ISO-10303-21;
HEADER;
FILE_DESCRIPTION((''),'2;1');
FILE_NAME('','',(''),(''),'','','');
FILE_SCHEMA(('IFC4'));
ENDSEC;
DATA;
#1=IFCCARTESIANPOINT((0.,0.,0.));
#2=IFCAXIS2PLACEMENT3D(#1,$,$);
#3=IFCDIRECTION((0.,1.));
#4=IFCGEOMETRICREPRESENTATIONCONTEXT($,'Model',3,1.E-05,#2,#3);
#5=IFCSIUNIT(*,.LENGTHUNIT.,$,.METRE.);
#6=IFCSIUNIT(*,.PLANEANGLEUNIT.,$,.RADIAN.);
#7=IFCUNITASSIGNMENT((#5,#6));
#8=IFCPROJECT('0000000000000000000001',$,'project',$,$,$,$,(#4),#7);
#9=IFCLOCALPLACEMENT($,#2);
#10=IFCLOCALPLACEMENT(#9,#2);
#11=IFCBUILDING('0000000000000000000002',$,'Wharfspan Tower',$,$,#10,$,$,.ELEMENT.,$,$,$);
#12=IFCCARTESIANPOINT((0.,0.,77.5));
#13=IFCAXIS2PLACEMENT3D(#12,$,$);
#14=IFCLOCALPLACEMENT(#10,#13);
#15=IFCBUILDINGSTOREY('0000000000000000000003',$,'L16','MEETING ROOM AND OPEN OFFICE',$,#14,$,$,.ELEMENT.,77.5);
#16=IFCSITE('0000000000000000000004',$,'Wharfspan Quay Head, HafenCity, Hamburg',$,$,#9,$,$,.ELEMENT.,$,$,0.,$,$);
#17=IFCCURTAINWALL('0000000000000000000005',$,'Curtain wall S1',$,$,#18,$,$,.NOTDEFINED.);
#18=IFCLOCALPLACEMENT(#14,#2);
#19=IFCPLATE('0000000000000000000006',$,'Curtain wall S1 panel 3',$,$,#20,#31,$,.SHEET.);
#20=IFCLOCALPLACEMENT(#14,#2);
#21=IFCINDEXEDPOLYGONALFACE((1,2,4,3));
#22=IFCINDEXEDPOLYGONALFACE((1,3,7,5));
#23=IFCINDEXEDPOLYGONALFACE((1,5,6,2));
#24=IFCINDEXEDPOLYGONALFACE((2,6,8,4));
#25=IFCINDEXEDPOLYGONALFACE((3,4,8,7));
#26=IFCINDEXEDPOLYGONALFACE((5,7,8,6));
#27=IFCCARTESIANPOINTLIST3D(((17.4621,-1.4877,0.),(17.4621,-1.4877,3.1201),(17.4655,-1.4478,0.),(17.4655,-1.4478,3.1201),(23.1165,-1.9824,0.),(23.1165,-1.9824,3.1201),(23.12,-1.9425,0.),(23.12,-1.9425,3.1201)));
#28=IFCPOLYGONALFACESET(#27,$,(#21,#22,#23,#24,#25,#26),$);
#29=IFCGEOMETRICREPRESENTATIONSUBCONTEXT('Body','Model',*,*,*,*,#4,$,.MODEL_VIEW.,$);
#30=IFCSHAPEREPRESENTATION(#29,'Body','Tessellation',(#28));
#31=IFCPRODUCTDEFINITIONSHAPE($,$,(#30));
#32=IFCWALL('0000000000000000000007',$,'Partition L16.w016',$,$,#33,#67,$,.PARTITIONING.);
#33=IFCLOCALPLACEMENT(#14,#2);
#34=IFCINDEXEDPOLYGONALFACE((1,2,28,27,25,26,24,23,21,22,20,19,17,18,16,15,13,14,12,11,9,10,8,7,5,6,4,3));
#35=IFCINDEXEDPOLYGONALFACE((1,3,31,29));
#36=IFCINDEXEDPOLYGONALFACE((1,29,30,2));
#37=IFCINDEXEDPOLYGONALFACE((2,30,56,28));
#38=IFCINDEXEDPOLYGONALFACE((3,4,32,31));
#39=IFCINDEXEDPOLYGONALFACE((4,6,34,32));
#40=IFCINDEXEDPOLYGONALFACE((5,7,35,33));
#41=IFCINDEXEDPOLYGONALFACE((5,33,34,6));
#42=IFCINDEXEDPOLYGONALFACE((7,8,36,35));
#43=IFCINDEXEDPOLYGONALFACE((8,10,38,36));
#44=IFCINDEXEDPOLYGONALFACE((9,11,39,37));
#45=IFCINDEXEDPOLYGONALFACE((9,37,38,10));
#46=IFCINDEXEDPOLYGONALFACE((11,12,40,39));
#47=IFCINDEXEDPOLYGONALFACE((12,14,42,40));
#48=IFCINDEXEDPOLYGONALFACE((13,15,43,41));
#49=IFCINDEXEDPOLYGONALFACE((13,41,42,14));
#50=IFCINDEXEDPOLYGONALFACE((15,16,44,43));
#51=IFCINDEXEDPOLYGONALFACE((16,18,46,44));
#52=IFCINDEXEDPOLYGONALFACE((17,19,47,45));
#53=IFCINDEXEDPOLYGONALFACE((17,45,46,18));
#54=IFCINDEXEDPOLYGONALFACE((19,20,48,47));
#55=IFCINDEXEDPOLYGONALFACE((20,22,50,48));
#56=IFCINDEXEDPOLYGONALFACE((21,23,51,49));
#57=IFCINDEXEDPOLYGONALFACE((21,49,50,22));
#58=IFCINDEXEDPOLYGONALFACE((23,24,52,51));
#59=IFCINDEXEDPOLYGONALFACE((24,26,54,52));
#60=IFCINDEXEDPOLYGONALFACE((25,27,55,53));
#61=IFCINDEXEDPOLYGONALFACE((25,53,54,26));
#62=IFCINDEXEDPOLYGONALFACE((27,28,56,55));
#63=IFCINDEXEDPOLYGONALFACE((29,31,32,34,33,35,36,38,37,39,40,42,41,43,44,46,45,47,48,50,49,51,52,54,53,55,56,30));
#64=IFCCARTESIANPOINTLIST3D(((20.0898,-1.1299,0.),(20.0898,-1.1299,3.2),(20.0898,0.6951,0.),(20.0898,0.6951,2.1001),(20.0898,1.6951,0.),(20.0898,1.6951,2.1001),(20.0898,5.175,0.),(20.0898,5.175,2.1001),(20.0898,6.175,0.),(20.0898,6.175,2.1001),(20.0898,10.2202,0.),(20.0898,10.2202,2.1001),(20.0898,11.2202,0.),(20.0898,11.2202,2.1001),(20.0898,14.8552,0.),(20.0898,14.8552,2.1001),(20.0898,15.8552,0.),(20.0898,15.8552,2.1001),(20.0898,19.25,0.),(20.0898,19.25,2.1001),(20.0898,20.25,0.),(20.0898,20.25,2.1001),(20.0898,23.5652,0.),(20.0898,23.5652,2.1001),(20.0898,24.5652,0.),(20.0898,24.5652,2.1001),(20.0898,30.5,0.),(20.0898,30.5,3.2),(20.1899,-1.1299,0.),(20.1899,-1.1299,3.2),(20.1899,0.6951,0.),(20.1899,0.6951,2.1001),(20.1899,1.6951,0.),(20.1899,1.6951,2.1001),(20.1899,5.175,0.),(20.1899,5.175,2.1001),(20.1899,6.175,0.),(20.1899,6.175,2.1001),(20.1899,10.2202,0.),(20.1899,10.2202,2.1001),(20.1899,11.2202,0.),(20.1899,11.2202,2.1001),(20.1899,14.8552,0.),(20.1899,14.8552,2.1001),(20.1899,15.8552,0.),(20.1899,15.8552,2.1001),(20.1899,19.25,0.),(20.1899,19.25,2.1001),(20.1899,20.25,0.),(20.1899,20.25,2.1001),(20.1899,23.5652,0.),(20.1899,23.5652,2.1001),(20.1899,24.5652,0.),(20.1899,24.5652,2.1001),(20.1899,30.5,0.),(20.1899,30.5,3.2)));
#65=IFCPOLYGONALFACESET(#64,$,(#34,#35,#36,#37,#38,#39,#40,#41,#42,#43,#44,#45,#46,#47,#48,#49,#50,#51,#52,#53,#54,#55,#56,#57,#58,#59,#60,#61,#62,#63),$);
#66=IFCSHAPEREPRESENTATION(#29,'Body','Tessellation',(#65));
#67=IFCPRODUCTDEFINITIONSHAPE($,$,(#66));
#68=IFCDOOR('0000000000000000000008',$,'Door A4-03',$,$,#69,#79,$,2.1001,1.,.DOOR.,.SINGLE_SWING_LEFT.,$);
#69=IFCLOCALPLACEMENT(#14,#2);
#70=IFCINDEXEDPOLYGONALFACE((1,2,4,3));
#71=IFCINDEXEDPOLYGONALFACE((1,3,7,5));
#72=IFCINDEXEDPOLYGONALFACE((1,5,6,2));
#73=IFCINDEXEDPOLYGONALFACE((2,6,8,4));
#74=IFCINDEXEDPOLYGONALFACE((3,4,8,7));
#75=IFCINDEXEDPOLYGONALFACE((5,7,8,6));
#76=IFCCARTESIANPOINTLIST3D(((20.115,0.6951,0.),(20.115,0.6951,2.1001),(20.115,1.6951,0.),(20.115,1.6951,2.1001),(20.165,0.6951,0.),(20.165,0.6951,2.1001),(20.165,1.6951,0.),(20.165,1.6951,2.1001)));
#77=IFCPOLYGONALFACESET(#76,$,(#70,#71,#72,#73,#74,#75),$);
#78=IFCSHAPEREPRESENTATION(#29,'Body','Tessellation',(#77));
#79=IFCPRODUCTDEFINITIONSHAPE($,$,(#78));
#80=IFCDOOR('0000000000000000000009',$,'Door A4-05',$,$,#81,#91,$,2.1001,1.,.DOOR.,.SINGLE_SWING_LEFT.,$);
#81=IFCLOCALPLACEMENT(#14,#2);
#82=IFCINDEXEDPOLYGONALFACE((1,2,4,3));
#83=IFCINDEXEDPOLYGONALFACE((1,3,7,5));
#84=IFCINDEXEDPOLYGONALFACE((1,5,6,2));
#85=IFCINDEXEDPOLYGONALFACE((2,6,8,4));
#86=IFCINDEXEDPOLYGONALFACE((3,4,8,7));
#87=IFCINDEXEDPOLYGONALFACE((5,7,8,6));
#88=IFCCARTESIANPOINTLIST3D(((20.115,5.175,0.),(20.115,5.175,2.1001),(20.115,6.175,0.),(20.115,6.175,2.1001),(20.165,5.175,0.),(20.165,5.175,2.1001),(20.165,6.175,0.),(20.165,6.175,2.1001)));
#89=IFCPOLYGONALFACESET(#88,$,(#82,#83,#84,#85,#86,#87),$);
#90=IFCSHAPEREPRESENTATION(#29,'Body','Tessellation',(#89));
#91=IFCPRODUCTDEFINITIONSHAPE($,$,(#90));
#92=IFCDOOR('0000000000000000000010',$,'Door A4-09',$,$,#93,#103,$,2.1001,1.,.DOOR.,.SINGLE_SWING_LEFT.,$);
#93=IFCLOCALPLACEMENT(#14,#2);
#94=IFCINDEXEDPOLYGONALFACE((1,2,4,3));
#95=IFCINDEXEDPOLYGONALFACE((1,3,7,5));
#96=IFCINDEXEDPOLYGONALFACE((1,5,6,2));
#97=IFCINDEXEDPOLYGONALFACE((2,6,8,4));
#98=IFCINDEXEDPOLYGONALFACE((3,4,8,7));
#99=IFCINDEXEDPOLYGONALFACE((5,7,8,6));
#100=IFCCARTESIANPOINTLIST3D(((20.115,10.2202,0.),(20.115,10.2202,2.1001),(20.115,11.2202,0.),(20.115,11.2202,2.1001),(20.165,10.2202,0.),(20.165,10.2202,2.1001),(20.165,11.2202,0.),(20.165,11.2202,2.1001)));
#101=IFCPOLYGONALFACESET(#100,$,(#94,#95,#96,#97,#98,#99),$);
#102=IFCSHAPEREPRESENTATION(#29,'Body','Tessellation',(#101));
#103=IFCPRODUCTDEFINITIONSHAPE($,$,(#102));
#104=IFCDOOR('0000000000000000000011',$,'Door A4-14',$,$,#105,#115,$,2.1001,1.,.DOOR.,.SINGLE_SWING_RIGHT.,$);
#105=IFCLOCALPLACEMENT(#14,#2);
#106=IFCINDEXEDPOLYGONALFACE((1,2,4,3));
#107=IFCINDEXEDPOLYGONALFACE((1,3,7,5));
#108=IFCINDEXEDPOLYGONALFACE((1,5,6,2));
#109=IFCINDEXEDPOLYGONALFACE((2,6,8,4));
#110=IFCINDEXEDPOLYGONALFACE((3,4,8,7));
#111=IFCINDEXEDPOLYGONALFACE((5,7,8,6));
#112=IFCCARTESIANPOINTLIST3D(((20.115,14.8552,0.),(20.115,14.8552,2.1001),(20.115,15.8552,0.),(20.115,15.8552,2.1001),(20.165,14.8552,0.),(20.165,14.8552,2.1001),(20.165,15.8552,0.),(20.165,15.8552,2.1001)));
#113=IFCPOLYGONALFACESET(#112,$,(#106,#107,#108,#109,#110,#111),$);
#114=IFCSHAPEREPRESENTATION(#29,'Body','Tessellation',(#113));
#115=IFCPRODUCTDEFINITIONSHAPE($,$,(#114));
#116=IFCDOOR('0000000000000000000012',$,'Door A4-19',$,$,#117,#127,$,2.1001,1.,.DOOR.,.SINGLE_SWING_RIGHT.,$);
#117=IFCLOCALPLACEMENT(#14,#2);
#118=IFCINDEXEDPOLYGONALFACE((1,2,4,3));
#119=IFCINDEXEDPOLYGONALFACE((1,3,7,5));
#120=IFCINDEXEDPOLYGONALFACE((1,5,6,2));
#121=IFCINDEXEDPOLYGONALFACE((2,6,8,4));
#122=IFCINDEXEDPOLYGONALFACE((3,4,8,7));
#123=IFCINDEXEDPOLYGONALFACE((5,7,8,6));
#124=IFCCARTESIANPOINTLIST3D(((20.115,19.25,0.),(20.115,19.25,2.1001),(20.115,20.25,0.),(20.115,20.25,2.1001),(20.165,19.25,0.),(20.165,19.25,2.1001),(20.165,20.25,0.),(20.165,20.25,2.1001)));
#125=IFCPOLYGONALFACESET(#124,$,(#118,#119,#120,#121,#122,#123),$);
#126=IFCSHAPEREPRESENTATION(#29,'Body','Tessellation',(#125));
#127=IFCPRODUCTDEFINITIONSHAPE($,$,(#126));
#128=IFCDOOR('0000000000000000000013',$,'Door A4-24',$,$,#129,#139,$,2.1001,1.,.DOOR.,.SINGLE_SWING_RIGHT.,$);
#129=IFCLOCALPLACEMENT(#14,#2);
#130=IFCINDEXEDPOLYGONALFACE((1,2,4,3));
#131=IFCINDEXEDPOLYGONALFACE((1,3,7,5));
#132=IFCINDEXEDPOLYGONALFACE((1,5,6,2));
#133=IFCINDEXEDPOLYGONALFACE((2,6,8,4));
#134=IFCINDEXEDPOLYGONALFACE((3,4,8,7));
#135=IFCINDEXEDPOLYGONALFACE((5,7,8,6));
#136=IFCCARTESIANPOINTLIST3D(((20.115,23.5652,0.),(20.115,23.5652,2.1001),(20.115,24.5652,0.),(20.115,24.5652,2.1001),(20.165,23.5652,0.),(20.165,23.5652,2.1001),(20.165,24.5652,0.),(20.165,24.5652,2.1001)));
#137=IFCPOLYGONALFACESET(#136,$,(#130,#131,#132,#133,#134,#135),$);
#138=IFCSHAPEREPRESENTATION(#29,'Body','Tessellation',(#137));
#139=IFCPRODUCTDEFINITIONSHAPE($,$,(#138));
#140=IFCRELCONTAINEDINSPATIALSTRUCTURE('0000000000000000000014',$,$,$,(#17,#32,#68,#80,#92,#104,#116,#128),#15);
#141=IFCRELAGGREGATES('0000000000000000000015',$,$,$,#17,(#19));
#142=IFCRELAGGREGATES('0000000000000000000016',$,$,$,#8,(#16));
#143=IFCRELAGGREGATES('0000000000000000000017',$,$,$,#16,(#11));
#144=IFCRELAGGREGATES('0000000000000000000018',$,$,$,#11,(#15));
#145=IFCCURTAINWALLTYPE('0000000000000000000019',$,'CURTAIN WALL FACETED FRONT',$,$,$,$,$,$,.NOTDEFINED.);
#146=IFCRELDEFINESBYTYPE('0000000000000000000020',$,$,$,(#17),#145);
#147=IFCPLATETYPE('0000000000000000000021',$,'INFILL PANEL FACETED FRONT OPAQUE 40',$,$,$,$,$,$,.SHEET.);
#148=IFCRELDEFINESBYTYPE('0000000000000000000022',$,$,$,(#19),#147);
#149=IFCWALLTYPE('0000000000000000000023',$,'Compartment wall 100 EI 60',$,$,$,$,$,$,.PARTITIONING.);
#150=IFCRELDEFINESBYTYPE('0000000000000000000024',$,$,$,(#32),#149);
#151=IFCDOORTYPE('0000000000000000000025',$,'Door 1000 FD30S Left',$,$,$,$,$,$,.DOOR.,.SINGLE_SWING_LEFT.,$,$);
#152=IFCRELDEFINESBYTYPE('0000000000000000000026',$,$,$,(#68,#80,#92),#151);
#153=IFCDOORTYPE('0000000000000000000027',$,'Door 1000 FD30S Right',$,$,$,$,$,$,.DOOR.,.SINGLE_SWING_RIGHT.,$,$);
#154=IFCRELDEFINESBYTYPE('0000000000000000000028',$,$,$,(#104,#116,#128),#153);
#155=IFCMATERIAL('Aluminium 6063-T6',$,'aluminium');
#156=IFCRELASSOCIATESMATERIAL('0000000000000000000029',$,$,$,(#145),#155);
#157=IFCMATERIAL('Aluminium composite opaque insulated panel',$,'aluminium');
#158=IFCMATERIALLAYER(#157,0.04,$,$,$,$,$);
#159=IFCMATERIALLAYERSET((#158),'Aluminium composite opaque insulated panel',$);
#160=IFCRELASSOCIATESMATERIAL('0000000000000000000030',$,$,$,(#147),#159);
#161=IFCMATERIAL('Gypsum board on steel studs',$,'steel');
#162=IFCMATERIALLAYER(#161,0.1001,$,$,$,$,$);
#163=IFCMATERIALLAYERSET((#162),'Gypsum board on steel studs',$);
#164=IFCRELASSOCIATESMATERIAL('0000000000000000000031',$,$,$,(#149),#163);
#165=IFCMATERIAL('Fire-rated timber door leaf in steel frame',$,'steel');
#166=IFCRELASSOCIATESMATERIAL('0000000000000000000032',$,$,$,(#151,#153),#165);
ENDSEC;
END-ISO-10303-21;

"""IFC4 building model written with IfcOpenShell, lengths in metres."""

from ifc_helpers import new_model, si_unit, direction, frame, frame_2d, origin, origin_2d, place, context, subcontext, project, spatial, rectangle, extrude, material, layer, layer_set, type_object, element, fill, aggregate, save


model = new_model("IFC4")

# Units and contexts
model_context = context("Model", 3, precision=1e-05, world=origin(), true_north=direction((0.0, 1.0)))
body_context = subcontext(model_context, "Body", "Model", "MODEL_VIEW")
ifc_project = project(units=[si_unit("LENGTHUNIT", "METRE"), si_unit("PLANEANGLEUNIT", "RADIAN")], contexts=[model_context])

# Site, building, storey
site_placement = place(None, origin())
site = spatial("IfcSite", under=ifc_project, at=site_placement, Name="Wharfspan Quay Head, HafenCity, Hamburg", CompositionType="ELEMENT", RefElevation=0.0)
building_placement = place(site_placement, origin())
building = spatial("IfcBuilding", under=site, at=building_placement, Name="Wharfspan Tower", CompositionType="ELEMENT")
storey_placement = place(building_placement, frame((0.0, 0.0, 77.5)))
storey = spatial("IfcBuildingStorey", under=building, at=storey_placement, Name="L16", Description="MEETING ROOM AND OPEN OFFICE", CompositionType="ELEMENT", Elevation=77.5)

# Curtain wall, plate
ifc_material_1 = material(Name="Aluminium 6063-T6", Category="aluminium")
curtain_wall_type = type_object("IfcCurtainWallType", Name="CURTAIN WALL FACETED FRONT", PredefinedType="NOTDEFINED", material=ifc_material_1)
curtain_wall_placement = place(storey_placement, origin())
curtain_wall = element("IfcCurtainWall", 1, at=curtain_wall_placement, inside=storey, type_object=curtain_wall_type, Name="Curtain wall S1", PredefinedType="NOTDEFINED")
ifc_material_2 = material(Name="Aluminium composite opaque insulated panel", Category="aluminium")
ifc_layer_1 = layer(ifc_material_2, 0.04)
ifc_layer_set_1 = layer_set([ifc_layer_1], Name="Aluminium composite opaque insulated panel")
plate_type_1 = type_object("IfcPlateType", Name="INFILL PANEL FACETED FRONT OPAQUE 40", PredefinedType="SHEET", material=ifc_layer_set_1)
plate_1_placement = place(storey_placement, frame((20.291, -1.7151, 0.0), z_axis=(0.0, 0.0, 1.0), x_axis=(0.996197, -0.087156, 0.0)))
plate_1 = element("IfcPlate", 2, at=plate_1_placement, type_object=plate_type_1, Name="Curtain wall S1 panel 3", PredefinedType="SHEET", context=body_context, shape_type="SweptSolid", body=[
    extrude(rectangle(XDim=5.676, YDim=0.04, at=origin_2d()), origin(), (0.0, 0.0, 1.0), 3.1201),
])
aggregate(curtain_wall, [plate_1])

# Wall, openings, doors
ifc_material_3 = material(Name="Gypsum board on steel studs", Category="steel")
ifc_layer_2 = layer(ifc_material_3, 0.1001)
ifc_layer_set_2 = layer_set([ifc_layer_2], Name="Gypsum board on steel studs")
wall_type = type_object("IfcWallType", Name="Compartment wall 100 EI 60", PredefinedType="PARTITIONING", material=ifc_layer_set_2)
wall_1_placement = place(storey_placement, frame((20.1399, -1.1299, 0.0), z_axis=(0.0, 0.0, 1.0), x_axis=(0.0, 1.0, 0.0)))
wall_1 = element("IfcWall", 3, at=wall_1_placement, inside=storey, type_object=wall_type, Name="Partition L16.w016", PredefinedType="PARTITIONING", context=body_context, shape_type="SweptSolid", body=[
    extrude(rectangle(XDim=31.6299, YDim=0.1001, at=frame_2d((15.8149, 0.0))), origin(), (0.0, 0.0, 1.0), 3.2),
])
opening_1_placement = place(wall_1_placement, frame((1.825, 0.0, 0.0)))
opening_1 = element("IfcOpeningElement", 4, at=opening_1_placement, cuts=wall_1, PredefinedType="OPENING", context=body_context, shape_type="SweptSolid", body=[
    extrude(rectangle(XDim=1.0, YDim=2.1001, at=frame_2d((0.5, 1.05))), frame((0.0, 0.0601, 0.0), z_axis=(0.0, -1.0, 0.0), x_axis=(1.0, 0.0, 0.0)), (0.0, 0.0, 1.0), 0.1201),
])
opening_2_placement = place(wall_1_placement, frame((6.3049, 0.0, 0.0)))
opening_2 = element("IfcOpeningElement", 5, at=opening_2_placement, cuts=wall_1, PredefinedType="OPENING", context=body_context, shape_type="SweptSolid", body=[
    extrude(rectangle(XDim=1.0, YDim=2.1001, at=frame_2d((0.5, 1.05))), frame((0.0, 0.0601, 0.0), z_axis=(0.0, -1.0, 0.0), x_axis=(1.0, 0.0, 0.0)), (0.0, 0.0, 1.0), 0.1201),
])
opening_3_placement = place(wall_1_placement, frame((11.3501, 0.0, 0.0)))
opening_3 = element("IfcOpeningElement", 6, at=opening_3_placement, cuts=wall_1, PredefinedType="OPENING", context=body_context, shape_type="SweptSolid", body=[
    extrude(rectangle(XDim=1.0, YDim=2.1001, at=frame_2d((0.5, 1.05))), frame((0.0, 0.0601, 0.0), z_axis=(0.0, -1.0, 0.0), x_axis=(1.0, 0.0, 0.0)), (0.0, 0.0, 1.0), 0.1201),
])
opening_4_placement = place(wall_1_placement, frame((15.9851, 0.0, 0.0)))
opening_4 = element("IfcOpeningElement", 7, at=opening_4_placement, cuts=wall_1, PredefinedType="OPENING", context=body_context, shape_type="SweptSolid", body=[
    extrude(rectangle(XDim=1.0, YDim=2.1001, at=frame_2d((0.5, 1.05))), frame((0.0, 0.0601, 0.0), z_axis=(0.0, -1.0, 0.0), x_axis=(1.0, 0.0, 0.0)), (0.0, 0.0, 1.0), 0.1201),
])
opening_5_placement = place(wall_1_placement, frame((20.3799, 0.0, 0.0)))
opening_5 = element("IfcOpeningElement", 8, at=opening_5_placement, cuts=wall_1, PredefinedType="OPENING", context=body_context, shape_type="SweptSolid", body=[
    extrude(rectangle(XDim=1.0, YDim=2.1001, at=frame_2d((0.5, 1.05))), frame((0.0, 0.0601, 0.0), z_axis=(0.0, -1.0, 0.0), x_axis=(1.0, 0.0, 0.0)), (0.0, 0.0, 1.0), 0.1201),
])
opening_6_placement = place(wall_1_placement, frame((24.6951, 0.0, 0.0)))
opening_6 = element("IfcOpeningElement", 9, at=opening_6_placement, cuts=wall_1, PredefinedType="OPENING", context=body_context, shape_type="SweptSolid", body=[
    extrude(rectangle(XDim=1.0, YDim=2.1001, at=frame_2d((0.5, 1.05))), frame((0.0, 0.0601, 0.0), z_axis=(0.0, -1.0, 0.0), x_axis=(1.0, 0.0, 0.0)), (0.0, 0.0, 1.0), 0.1201),
])
ifc_material_4 = material(Name="Fire-rated timber door leaf in steel frame", Category="steel")
door_type_1 = type_object("IfcDoorType", Name="Door 1000 FD30S Left", OperationType="SINGLE_SWING_LEFT", PredefinedType="DOOR", material=ifc_material_4)
door_1_placement = place(opening_1_placement, origin())
door_1 = element("IfcDoor", 10, at=door_1_placement, inside=storey, type_object=door_type_1, Name="Door A4-03", OperationType="SINGLE_SWING_LEFT", OverallHeight=2.1001, OverallWidth=1.0, PredefinedType="DOOR", context=body_context, shape_type="SweptSolid", body=[
    extrude(rectangle(XDim=1.0, YDim=2.1001, at=frame_2d((0.5, 1.05))), frame((0.0, 0.0249, 0.0), z_axis=(0.0, -1.0, 0.0), x_axis=(1.0, 0.0, 0.0)), (0.0, 0.0, 1.0), 0.05),
])
fill(opening_1, door_1)
door_2_placement = place(opening_2_placement, origin())
door_2 = element("IfcDoor", 11, at=door_2_placement, inside=storey, type_object=door_type_1, Name="Door A4-05", OperationType="SINGLE_SWING_LEFT", OverallHeight=2.1001, OverallWidth=1.0, PredefinedType="DOOR", context=body_context, shape_type="SweptSolid", body=[
    extrude(rectangle(XDim=1.0, YDim=2.1001, at=frame_2d((0.5, 1.05))), frame((0.0, 0.0249, 0.0), z_axis=(0.0, -1.0, 0.0), x_axis=(1.0, 0.0, 0.0)), (0.0, 0.0, 1.0), 0.05),
])
fill(opening_2, door_2)
door_3_placement = place(opening_3_placement, origin())
door_3 = element("IfcDoor", 12, at=door_3_placement, inside=storey, type_object=door_type_1, Name="Door A4-09", OperationType="SINGLE_SWING_LEFT", OverallHeight=2.1001, OverallWidth=1.0, PredefinedType="DOOR", context=body_context, shape_type="SweptSolid", body=[
    extrude(rectangle(XDim=1.0, YDim=2.1001, at=frame_2d((0.5, 1.05))), frame((0.0, 0.0249, 0.0), z_axis=(0.0, -1.0, 0.0), x_axis=(1.0, 0.0, 0.0)), (0.0, 0.0, 1.0), 0.05),
])
fill(opening_3, door_3)
door_type_2 = type_object("IfcDoorType", Name="Door 1000 FD30S Right", OperationType="SINGLE_SWING_RIGHT", PredefinedType="DOOR", material=ifc_material_4)
door_4_placement = place(opening_4_placement, origin())
door_4 = element("IfcDoor", 13, at=door_4_placement, inside=storey, type_object=door_type_2, Name="Door A4-14", OperationType="SINGLE_SWING_RIGHT", OverallHeight=2.1001, OverallWidth=1.0, PredefinedType="DOOR", context=body_context, shape_type="SweptSolid", body=[
    extrude(rectangle(XDim=1.0, YDim=2.1001, at=frame_2d((0.5, 1.05))), frame((0.0, 0.0249, 0.0), z_axis=(0.0, -1.0, 0.0), x_axis=(1.0, 0.0, 0.0)), (0.0, 0.0, 1.0), 0.05),
])
fill(opening_4, door_4)
door_5_placement = place(opening_5_placement, origin())
door_5 = element("IfcDoor", 14, at=door_5_placement, inside=storey, type_object=door_type_2, Name="Door A4-19", OperationType="SINGLE_SWING_RIGHT", OverallHeight=2.1001, OverallWidth=1.0, PredefinedType="DOOR", context=body_context, shape_type="SweptSolid", body=[
    extrude(rectangle(XDim=1.0, YDim=2.1001, at=frame_2d((0.5, 1.05))), frame((0.0, 0.0249, 0.0), z_axis=(0.0, -1.0, 0.0), x_axis=(1.0, 0.0, 0.0)), (0.0, 0.0, 1.0), 0.05),
])
fill(opening_5, door_5)
door_6_placement = place(opening_6_placement, origin())
door_6 = element("IfcDoor", 15, at=door_6_placement, inside=storey, type_object=door_type_2, Name="Door A4-24", OperationType="SINGLE_SWING_RIGHT", OverallHeight=2.1001, OverallWidth=1.0, PredefinedType="DOOR", context=body_context, shape_type="SweptSolid", body=[
    extrude(rectangle(XDim=1.0, YDim=2.1001, at=frame_2d((0.5, 1.05))), frame((0.0, 0.0249, 0.0), z_axis=(0.0, -1.0, 0.0), x_axis=(1.0, 0.0, 0.0)), (0.0, 0.0, 1.0), 0.05),
])
fill(opening_6, door_6)

save(model, "model.ifc")
